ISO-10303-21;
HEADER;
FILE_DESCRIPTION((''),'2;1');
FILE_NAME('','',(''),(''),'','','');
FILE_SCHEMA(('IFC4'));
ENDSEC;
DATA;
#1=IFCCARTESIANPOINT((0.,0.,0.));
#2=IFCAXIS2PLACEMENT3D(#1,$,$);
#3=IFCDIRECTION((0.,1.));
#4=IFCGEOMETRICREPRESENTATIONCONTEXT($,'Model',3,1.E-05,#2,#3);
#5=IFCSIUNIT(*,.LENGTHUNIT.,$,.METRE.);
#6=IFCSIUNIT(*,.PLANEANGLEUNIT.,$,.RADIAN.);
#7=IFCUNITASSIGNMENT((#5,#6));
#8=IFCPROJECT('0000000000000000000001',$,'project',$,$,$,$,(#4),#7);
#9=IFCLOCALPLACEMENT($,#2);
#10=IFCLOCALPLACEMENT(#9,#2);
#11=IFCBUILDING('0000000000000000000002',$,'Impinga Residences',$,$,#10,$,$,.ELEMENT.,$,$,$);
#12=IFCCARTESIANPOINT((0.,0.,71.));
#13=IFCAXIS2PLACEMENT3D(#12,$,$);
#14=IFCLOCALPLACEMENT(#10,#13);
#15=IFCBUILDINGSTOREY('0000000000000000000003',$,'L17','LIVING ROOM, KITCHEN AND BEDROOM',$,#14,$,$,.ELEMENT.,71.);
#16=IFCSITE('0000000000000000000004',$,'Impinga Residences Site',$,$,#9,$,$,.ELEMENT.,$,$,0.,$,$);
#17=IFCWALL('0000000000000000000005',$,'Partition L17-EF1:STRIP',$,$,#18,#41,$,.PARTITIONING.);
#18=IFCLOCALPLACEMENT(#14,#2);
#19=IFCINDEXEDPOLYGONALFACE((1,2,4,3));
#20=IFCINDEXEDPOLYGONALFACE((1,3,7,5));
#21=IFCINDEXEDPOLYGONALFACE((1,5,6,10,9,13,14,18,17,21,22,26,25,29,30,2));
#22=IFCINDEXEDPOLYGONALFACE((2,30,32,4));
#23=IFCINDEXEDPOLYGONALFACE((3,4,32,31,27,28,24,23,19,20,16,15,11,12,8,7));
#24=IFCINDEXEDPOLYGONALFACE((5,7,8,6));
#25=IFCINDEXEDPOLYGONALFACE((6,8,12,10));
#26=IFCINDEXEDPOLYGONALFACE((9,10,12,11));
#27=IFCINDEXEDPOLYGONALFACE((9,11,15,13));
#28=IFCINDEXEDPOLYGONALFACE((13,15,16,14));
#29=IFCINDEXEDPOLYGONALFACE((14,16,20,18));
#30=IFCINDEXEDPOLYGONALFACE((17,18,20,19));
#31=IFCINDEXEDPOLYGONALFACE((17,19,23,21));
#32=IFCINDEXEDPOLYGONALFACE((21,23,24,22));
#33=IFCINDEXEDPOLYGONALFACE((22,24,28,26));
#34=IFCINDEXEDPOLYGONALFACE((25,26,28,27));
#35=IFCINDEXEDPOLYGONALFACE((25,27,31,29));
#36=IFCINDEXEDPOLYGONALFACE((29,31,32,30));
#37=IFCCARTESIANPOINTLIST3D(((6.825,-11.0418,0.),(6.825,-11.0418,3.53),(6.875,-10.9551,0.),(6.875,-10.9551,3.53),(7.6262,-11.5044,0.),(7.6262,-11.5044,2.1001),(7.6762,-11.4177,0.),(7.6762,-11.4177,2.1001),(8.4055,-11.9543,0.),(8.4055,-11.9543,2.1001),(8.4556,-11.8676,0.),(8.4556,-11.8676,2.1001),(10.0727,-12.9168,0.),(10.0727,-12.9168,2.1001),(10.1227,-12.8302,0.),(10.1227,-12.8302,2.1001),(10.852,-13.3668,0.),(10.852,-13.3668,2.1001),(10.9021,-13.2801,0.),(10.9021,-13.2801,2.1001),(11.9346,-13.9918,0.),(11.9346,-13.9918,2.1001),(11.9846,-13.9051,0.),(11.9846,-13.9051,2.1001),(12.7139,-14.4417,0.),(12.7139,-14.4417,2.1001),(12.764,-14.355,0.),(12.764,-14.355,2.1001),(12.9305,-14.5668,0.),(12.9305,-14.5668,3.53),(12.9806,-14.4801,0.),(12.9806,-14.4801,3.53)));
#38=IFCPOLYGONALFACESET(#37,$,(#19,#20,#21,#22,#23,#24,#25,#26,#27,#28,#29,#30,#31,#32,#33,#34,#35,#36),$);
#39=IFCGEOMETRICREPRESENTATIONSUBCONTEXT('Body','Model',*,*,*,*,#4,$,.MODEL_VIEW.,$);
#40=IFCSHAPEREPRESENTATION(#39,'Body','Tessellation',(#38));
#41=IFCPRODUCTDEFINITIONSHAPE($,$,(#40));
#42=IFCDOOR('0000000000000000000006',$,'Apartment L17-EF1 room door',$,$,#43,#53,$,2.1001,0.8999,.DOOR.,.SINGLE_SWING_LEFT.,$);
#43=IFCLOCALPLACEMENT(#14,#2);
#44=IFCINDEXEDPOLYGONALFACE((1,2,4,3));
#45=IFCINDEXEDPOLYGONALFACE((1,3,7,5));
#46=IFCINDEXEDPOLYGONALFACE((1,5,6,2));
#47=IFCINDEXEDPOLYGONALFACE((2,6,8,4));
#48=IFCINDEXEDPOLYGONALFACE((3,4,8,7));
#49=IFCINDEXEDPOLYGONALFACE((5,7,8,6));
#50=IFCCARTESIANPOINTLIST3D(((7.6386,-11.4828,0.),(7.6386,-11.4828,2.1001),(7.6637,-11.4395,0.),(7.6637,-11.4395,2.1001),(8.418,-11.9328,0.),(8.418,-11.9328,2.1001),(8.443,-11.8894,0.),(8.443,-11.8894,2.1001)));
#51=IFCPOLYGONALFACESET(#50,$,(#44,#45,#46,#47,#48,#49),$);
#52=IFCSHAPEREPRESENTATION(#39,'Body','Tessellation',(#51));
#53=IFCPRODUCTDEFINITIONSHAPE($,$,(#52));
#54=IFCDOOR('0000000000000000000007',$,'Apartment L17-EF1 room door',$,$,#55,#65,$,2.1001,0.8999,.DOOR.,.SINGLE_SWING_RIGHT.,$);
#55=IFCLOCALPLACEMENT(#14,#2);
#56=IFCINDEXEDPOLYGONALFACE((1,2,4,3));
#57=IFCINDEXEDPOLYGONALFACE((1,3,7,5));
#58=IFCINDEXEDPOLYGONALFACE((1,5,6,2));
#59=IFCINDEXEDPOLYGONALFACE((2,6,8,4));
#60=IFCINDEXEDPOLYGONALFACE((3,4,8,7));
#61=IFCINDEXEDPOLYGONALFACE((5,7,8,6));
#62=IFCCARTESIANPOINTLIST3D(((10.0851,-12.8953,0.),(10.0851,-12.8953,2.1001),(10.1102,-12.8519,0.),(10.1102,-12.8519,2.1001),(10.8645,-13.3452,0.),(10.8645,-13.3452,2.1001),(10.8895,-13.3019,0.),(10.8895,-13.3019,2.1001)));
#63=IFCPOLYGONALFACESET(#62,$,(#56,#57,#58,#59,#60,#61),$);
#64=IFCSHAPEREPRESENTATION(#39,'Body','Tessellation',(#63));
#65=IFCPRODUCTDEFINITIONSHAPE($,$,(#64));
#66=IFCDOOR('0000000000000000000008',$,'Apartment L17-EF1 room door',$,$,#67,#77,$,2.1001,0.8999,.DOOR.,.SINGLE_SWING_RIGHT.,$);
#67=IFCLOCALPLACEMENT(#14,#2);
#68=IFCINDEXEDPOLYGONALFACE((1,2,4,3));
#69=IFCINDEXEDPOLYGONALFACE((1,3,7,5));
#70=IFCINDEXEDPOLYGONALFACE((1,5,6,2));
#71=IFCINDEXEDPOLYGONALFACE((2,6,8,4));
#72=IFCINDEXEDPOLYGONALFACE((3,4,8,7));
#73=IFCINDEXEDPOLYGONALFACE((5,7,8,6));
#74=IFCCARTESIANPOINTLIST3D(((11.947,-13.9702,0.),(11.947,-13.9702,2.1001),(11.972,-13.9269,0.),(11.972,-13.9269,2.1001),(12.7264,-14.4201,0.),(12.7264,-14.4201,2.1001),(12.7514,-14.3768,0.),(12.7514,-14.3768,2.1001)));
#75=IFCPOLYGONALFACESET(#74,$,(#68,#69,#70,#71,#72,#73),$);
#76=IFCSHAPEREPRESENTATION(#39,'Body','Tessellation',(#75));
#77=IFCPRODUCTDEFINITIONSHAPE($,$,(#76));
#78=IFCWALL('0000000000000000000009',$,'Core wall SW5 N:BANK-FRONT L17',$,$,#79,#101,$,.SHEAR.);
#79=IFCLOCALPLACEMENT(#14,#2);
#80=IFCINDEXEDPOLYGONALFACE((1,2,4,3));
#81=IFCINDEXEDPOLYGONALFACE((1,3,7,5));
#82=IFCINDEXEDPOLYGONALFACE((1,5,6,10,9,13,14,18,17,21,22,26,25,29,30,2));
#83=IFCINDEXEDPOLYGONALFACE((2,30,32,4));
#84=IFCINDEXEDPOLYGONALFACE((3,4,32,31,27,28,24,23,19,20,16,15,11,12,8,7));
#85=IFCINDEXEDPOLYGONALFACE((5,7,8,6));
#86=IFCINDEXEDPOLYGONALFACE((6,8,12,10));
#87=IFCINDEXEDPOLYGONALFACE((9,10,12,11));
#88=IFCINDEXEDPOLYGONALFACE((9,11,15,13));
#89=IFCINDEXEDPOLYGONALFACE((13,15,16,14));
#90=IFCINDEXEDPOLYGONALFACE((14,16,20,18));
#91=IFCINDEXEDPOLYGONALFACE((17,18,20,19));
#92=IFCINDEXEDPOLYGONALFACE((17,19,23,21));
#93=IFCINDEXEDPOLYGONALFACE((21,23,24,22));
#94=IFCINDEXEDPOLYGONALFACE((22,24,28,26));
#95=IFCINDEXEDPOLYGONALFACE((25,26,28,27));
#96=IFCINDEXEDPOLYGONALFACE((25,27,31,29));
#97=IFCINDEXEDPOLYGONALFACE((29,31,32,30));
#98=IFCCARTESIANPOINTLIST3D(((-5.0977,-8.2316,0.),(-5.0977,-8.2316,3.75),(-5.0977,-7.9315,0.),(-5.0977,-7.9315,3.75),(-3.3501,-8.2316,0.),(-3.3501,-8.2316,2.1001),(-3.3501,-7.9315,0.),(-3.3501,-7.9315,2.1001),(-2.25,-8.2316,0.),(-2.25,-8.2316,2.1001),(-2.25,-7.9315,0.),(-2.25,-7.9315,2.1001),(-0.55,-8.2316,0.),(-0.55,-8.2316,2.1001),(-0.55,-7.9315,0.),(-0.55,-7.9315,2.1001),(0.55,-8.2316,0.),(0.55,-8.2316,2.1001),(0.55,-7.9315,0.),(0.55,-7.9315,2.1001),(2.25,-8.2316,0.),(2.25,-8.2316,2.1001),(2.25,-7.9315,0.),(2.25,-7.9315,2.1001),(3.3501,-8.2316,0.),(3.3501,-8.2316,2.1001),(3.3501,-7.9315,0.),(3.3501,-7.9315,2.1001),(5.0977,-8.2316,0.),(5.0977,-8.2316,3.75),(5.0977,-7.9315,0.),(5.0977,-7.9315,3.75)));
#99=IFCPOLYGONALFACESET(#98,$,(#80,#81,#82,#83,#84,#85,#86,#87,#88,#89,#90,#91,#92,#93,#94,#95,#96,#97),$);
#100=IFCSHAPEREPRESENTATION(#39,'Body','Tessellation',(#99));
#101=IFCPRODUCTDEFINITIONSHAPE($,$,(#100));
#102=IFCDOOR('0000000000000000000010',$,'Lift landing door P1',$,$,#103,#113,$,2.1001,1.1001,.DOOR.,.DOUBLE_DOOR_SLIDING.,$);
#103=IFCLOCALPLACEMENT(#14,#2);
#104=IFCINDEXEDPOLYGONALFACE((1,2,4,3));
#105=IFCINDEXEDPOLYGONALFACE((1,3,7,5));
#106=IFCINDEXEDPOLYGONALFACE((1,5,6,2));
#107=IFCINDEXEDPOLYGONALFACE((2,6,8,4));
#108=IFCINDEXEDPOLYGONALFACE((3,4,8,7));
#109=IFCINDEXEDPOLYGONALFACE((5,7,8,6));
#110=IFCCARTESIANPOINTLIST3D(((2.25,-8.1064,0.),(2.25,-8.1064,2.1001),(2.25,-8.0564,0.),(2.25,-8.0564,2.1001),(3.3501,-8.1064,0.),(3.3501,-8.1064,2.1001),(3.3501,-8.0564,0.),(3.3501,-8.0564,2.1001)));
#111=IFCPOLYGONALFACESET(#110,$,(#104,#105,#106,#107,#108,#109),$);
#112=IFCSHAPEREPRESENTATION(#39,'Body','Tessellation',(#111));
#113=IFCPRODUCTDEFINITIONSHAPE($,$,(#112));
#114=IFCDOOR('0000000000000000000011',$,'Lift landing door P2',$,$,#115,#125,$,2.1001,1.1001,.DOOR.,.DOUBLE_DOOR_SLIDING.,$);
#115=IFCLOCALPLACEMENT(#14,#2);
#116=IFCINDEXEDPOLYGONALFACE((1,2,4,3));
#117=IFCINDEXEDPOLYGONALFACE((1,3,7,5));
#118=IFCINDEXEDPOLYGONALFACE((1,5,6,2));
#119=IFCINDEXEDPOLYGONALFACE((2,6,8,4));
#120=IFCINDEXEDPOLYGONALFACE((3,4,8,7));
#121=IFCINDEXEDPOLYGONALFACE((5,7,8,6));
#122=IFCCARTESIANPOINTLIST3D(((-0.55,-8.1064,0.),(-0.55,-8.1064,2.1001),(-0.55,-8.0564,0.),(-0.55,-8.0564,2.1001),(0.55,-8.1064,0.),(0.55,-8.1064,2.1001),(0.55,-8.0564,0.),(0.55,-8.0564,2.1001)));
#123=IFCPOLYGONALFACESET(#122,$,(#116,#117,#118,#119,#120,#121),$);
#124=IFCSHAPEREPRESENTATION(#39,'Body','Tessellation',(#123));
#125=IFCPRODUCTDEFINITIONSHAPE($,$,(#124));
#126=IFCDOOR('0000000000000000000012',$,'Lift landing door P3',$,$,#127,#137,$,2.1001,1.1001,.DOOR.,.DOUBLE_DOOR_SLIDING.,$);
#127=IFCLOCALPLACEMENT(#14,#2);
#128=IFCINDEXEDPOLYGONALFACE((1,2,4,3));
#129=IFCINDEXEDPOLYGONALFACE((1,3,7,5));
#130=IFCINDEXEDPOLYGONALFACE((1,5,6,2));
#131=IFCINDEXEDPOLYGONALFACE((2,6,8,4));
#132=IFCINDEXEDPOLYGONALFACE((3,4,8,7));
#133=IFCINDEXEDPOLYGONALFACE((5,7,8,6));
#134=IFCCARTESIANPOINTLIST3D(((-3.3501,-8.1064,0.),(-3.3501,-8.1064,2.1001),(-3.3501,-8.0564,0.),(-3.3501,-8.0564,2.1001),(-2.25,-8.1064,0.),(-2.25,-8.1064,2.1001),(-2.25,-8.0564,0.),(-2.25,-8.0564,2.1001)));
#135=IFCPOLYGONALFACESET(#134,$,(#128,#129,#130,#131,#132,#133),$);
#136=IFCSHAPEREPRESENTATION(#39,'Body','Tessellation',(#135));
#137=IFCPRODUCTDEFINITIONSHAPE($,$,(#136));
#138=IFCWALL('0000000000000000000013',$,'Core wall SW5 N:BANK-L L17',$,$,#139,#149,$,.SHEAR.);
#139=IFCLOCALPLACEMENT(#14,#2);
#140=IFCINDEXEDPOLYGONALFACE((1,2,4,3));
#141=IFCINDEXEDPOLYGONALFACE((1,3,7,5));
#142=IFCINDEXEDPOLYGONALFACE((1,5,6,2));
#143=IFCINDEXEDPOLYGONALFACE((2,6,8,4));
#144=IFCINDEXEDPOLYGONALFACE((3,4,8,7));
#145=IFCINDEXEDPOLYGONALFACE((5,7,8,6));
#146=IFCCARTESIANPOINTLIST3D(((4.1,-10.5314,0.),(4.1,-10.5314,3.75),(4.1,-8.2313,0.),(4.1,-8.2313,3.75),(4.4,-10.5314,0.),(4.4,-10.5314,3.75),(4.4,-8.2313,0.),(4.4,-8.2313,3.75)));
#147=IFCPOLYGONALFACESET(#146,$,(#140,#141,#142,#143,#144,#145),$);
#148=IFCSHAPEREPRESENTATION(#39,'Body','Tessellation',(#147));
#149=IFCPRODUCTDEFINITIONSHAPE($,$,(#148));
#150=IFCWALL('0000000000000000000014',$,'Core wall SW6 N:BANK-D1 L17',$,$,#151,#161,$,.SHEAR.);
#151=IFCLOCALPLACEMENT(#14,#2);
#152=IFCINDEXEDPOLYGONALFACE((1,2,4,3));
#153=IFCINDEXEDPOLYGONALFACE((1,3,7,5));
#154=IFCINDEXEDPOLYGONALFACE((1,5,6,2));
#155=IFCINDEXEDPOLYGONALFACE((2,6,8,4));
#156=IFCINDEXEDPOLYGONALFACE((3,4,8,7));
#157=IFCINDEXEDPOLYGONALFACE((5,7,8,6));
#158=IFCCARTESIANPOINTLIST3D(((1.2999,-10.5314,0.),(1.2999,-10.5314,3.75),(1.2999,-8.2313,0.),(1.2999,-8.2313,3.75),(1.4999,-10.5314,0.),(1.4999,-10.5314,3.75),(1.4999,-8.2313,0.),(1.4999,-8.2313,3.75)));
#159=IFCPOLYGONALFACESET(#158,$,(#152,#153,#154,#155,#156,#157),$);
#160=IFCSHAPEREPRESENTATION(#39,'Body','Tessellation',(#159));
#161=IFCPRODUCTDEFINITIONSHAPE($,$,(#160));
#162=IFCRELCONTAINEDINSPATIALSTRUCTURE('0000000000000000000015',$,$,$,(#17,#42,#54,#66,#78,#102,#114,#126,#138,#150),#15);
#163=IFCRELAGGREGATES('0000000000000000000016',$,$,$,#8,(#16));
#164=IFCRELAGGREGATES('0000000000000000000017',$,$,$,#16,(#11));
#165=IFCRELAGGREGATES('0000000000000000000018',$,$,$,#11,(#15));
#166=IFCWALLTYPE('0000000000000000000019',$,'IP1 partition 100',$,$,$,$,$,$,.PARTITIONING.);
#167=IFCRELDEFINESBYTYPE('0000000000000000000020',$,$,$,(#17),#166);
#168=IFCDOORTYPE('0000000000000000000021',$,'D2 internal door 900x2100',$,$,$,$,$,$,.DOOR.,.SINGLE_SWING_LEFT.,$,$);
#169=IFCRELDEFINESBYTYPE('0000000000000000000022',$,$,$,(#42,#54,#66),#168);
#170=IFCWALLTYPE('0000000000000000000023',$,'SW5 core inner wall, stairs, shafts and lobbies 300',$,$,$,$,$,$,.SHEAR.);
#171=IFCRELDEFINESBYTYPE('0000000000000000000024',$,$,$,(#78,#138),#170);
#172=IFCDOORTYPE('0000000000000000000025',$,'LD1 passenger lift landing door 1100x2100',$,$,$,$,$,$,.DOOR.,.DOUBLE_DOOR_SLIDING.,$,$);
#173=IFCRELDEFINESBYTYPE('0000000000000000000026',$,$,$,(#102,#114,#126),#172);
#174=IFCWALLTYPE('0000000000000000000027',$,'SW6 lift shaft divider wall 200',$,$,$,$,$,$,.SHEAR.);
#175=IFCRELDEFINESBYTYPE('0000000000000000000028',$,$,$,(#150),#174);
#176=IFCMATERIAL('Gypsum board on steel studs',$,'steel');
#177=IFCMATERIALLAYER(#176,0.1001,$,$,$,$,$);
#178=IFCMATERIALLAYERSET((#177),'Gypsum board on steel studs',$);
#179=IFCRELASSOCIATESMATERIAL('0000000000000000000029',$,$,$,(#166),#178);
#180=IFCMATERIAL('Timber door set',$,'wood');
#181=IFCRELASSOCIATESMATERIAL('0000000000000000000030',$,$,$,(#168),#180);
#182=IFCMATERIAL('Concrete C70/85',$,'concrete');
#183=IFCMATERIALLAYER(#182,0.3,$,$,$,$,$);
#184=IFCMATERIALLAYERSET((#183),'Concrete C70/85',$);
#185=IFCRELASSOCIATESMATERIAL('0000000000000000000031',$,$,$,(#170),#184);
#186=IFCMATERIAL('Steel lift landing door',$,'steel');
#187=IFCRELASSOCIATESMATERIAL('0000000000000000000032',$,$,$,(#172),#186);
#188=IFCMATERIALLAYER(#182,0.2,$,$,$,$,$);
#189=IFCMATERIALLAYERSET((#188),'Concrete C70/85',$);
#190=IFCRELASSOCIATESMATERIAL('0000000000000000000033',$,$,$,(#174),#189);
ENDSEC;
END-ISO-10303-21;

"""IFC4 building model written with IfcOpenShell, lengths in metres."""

from ifc_helpers import new_model, si_unit, direction, frame, frame_2d, origin, place, context, subcontext, project, spatial, rectangle, extrude, material, layer, layer_set, type_object, element, fill, save


model = new_model("IFC4")

# Units and contexts
model_context = context("Model", 3, precision=1e-05, world=origin(), true_north=direction((0.0, 1.0)))
body_context = subcontext(model_context, "Body", "Model", "MODEL_VIEW")
ifc_project = project(units=[si_unit("LENGTHUNIT", "METRE"), si_unit("PLANEANGLEUNIT", "RADIAN")], contexts=[model_context])

# Site, building, storey
site_placement = place(None, origin())
site = spatial("IfcSite", under=ifc_project, at=site_placement, Name="Impinga Residences Site", CompositionType="ELEMENT", RefElevation=0.0)
building_placement = place(site_placement, origin())
building = spatial("IfcBuilding", under=site, at=building_placement, Name="Impinga Residences", CompositionType="ELEMENT")
storey_placement = place(building_placement, frame((0.0, 0.0, 71.0)))
storey = spatial("IfcBuildingStorey", under=building, at=storey_placement, Name="L17", Description="LIVING ROOM, KITCHEN AND BEDROOM", CompositionType="ELEMENT", Elevation=71.0)

# Shared definitions
ifc_material_1 = material(Name="Concrete C70/85", Category="concrete")

# Shared definitions
ifc_material_2 = material(Name="Timber door set", Category="wood")

# Shared definitions
ifc_material_3 = material(Name="Gypsum board on steel studs", Category="steel")
ifc_layer_1 = layer(ifc_material_3, 0.1001)
ifc_layer_set_1 = layer_set([ifc_layer_1], Name="Gypsum board on steel studs")
wall_type_1 = type_object("IfcWallType", Name="IP1 partition 100", PredefinedType="PARTITIONING", material=ifc_layer_set_1)

# Walls, openings, doors
wall_1_placement = place(storey_placement, frame((6.8501, -10.9985, 0.0), z_axis=(0.0, 0.0, 1.0), x_axis=(0.866031, -0.49999, 0.0)))
wall_1 = element("IfcWall", 1, at=wall_1_placement, inside=storey, type_object=wall_type_1, Name="Partition L17-EF1:STRIP", PredefinedType="PARTITIONING", context=body_context, shape_type="SweptSolid", body=[
    extrude(rectangle(XDim=7.05, YDim=0.1001, at=frame_2d((3.5249, 0.0))), origin(), (0.0, 0.0, 1.0), 3.53),
])
opening_1_placement = place(wall_1_placement, frame((0.925, 0.0, 0.0)))
opening_1 = element("IfcOpeningElement", 2, at=opening_1_placement, cuts=wall_1, PredefinedType="OPENING", context=body_context, shape_type="SweptSolid", body=[
    extrude(rectangle(XDim=0.8999, YDim=2.1001, at=frame_2d((0.45, 1.05))), frame((0.0, 0.0601, 0.0), z_axis=(0.0, -1.0, 0.0), x_axis=(1.0, 0.0, 0.0)), (0.0, 0.0, 1.0), 0.1201),
])
opening_2_placement = place(wall_1_placement, frame((3.75, 0.0, 0.0)))
opening_2 = element("IfcOpeningElement", 3, at=opening_2_placement, cuts=wall_1, PredefinedType="OPENING", context=body_context, shape_type="SweptSolid", body=[
    extrude(rectangle(XDim=0.8999, YDim=2.1001, at=frame_2d((0.45, 1.05))), frame((0.0, 0.0601, 0.0), z_axis=(0.0, -1.0, 0.0), x_axis=(1.0, 0.0, 0.0)), (0.0, 0.0, 1.0), 0.1201),
])
opening_3_placement = place(wall_1_placement, frame((5.8999, 0.0, 0.0)))
opening_3 = element("IfcOpeningElement", 4, at=opening_3_placement, cuts=wall_1, PredefinedType="OPENING", context=body_context, shape_type="SweptSolid", body=[
    extrude(rectangle(XDim=0.8999, YDim=2.1001, at=frame_2d((0.45, 1.05))), frame((0.0, 0.0601, 0.0), z_axis=(0.0, -1.0, 0.0), x_axis=(1.0, 0.0, 0.0)), (0.0, 0.0, 1.0), 0.1201),
])
door_type_1 = type_object("IfcDoorType", Name="D2 internal door 900x2100", OperationType="SINGLE_SWING_LEFT", PredefinedType="DOOR", material=ifc_material_2)
door_1_placement = place(opening_1_placement, origin())
door_1 = element("IfcDoor", 5, at=door_1_placement, inside=storey, type_object=door_type_1, Name="Apartment L17-EF1 room door", OperationType="SINGLE_SWING_LEFT", OverallHeight=2.1001, OverallWidth=0.8999, PredefinedType="DOOR", context=body_context, shape_type="SweptSolid", body=[
    extrude(rectangle(XDim=0.8999, YDim=2.1001, at=frame_2d((0.45, 1.05))), frame((0.0, 0.0249, 0.0), z_axis=(0.0, -1.0, 0.0), x_axis=(1.0, 0.0, 0.0)), (0.0, 0.0, 1.0), 0.05),
])
fill(opening_1, door_1)
door_2_placement = place(opening_2_placement, origin())
door_2 = element("IfcDoor", 6, at=door_2_placement, inside=storey, type_object=door_type_1, Name="Apartment L17-EF1 room door", OperationType="SINGLE_SWING_RIGHT", OverallHeight=2.1001, OverallWidth=0.8999, PredefinedType="DOOR", context=body_context, shape_type="SweptSolid", body=[
    extrude(rectangle(XDim=0.8999, YDim=2.1001, at=frame_2d((0.45, 1.05))), frame((0.0, 0.0249, 0.0), z_axis=(0.0, -1.0, 0.0), x_axis=(1.0, 0.0, 0.0)), (0.0, 0.0, 1.0), 0.05),
])
fill(opening_2, door_2)
door_3_placement = place(opening_3_placement, origin())
door_3 = element("IfcDoor", 7, at=door_3_placement, inside=storey, type_object=door_type_1, Name="Apartment L17-EF1 room door", OperationType="SINGLE_SWING_RIGHT", OverallHeight=2.1001, OverallWidth=0.8999, PredefinedType="DOOR", context=body_context, shape_type="SweptSolid", body=[
    extrude(rectangle(XDim=0.8999, YDim=2.1001, at=frame_2d((0.45, 1.05))), frame((0.0, 0.0249, 0.0), z_axis=(0.0, -1.0, 0.0), x_axis=(1.0, 0.0, 0.0)), (0.0, 0.0, 1.0), 0.05),
])
fill(opening_3, door_3)
ifc_layer_2 = layer(ifc_material_1, 0.3)
ifc_layer_set_2 = layer_set([ifc_layer_2], Name="Concrete C70/85")
wall_type_2 = type_object("IfcWallType", Name="SW5 core inner wall, stairs, shafts and lobbies 300", PredefinedType="SHEAR", material=ifc_layer_set_2)
wall_2_placement = place(storey_placement, frame((5.0977, -8.0815, 0.0), z_axis=(0.0, 0.0, 1.0), x_axis=(-1.0, 0.0, 0.0)))
wall_2 = element("IfcWall", 8, at=wall_2_placement, inside=storey, type_object=wall_type_2, Name="Core wall SW5 N:BANK-FRONT L17", PredefinedType="SHEAR", context=body_context, shape_type="SweptSolid", body=[
    extrude(rectangle(XDim=10.1953, YDim=0.3, at=frame_2d((5.0977, 0.0))), origin(), (0.0, 0.0, 1.0), 3.75),
])
opening_4_placement = place(wall_2_placement, frame((1.7476, 0.0, 0.0)))
opening_4 = element("IfcOpeningElement", 9, at=opening_4_placement, cuts=wall_2, PredefinedType="OPENING", context=body_context, shape_type="SweptSolid", body=[
    extrude(rectangle(XDim=1.1001, YDim=2.1001, at=frame_2d((0.55, 1.05))), frame((0.0, 0.1599, 0.0), z_axis=(0.0, -1.0, 0.0), x_axis=(1.0, 0.0, 0.0)), (0.0, 0.0, 1.0), 0.3201),
])
opening_5_placement = place(wall_2_placement, frame((4.5476, 0.0, 0.0)))
opening_5 = element("IfcOpeningElement", 10, at=opening_5_placement, cuts=wall_2, PredefinedType="OPENING", context=body_context, shape_type="SweptSolid", body=[
    extrude(rectangle(XDim=1.1001, YDim=2.1001, at=frame_2d((0.55, 1.05))), frame((0.0, 0.1599, 0.0), z_axis=(0.0, -1.0, 0.0), x_axis=(1.0, 0.0, 0.0)), (0.0, 0.0, 1.0), 0.3201),
])
opening_6_placement = place(wall_2_placement, frame((7.3477, 0.0, 0.0)))
opening_6 = element("IfcOpeningElement", 11, at=opening_6_placement, cuts=wall_2, PredefinedType="OPENING", context=body_context, shape_type="SweptSolid", body=[
    extrude(rectangle(XDim=1.1001, YDim=2.1001, at=frame_2d((0.55, 1.05))), frame((0.0, 0.1599, 0.0), z_axis=(0.0, -1.0, 0.0), x_axis=(1.0, 0.0, 0.0)), (0.0, 0.0, 1.0), 0.3201),
])
ifc_material_4 = material(Name="Steel lift landing door", Category="steel")
door_type_2 = type_object("IfcDoorType", Name="LD1 passenger lift landing door 1100x2100", OperationType="DOUBLE_DOOR_SLIDING", PredefinedType="DOOR", material=ifc_material_4)
door_4_placement = place(opening_4_placement, origin())
door_4 = element("IfcDoor", 12, at=door_4_placement, inside=storey, type_object=door_type_2, Name="Lift landing door P1", OperationType="DOUBLE_DOOR_SLIDING", OverallHeight=2.1001, OverallWidth=1.1001, PredefinedType="DOOR", context=body_context, shape_type="SweptSolid", body=[
    extrude(rectangle(XDim=1.1001, YDim=2.1001, at=frame_2d((0.55, 1.05))), frame((0.0, 0.0249, 0.0), z_axis=(0.0, -1.0, 0.0), x_axis=(1.0, 0.0, 0.0)), (0.0, 0.0, 1.0), 0.05),
])
fill(opening_4, door_4)
door_5_placement = place(opening_5_placement, origin())
door_5 = element("IfcDoor", 13, at=door_5_placement, inside=storey, type_object=door_type_2, Name="Lift landing door P2", OperationType="DOUBLE_DOOR_SLIDING", OverallHeight=2.1001, OverallWidth=1.1001, PredefinedType="DOOR", context=body_context, shape_type="SweptSolid", body=[
    extrude(rectangle(XDim=1.1001, YDim=2.1001, at=frame_2d((0.55, 1.05))), frame((0.0, 0.0249, 0.0), z_axis=(0.0, -1.0, 0.0), x_axis=(1.0, 0.0, 0.0)), (0.0, 0.0, 1.0), 0.05),
])
fill(opening_5, door_5)
door_6_placement = place(opening_6_placement, origin())
door_6 = element("IfcDoor", 14, at=door_6_placement, inside=storey, type_object=door_type_2, Name="Lift landing door P3", OperationType="DOUBLE_DOOR_SLIDING", OverallHeight=2.1001, OverallWidth=1.1001, PredefinedType="DOOR", context=body_context, shape_type="SweptSolid", body=[
    extrude(rectangle(XDim=1.1001, YDim=2.1001, at=frame_2d((0.55, 1.05))), frame((0.0, 0.0249, 0.0), z_axis=(0.0, -1.0, 0.0), x_axis=(1.0, 0.0, 0.0)), (0.0, 0.0, 1.0), 0.05),
])
fill(opening_6, door_6)

# Walls
wall_3_placement = place(storey_placement, frame((4.25, -8.2314, 0.0), z_axis=(0.0, 0.0, 1.0), x_axis=(0.0, -1.0, 0.0)))
element("IfcWall", 15, at=wall_3_placement, inside=storey, type_object=wall_type_2, Name="Core wall SW5 N:BANK-L L17", PredefinedType="SHEAR", context=body_context, shape_type="SweptSolid", body=[
    extrude(rectangle(XDim=2.3, YDim=0.3, at=frame_2d((1.1499, 0.0))), origin(), (0.0, 0.0, 1.0), 3.75),
])
ifc_layer_3 = layer(ifc_material_1, 0.2)
ifc_layer_set_3 = layer_set([ifc_layer_3], Name="Concrete C70/85")
wall_type_3 = type_object("IfcWallType", Name="SW6 lift shaft divider wall 200", PredefinedType="SHEAR", material=ifc_layer_set_3)
wall_4_placement = place(storey_placement, frame((1.3999, -8.2314, 0.0), z_axis=(0.0, 0.0, 1.0), x_axis=(0.0, -1.0, 0.0)))
element("IfcWall", 16, at=wall_4_placement, inside=storey, type_object=wall_type_3, Name="Core wall SW6 N:BANK-D1 L17", PredefinedType="SHEAR", context=body_context, shape_type="SweptSolid", body=[
    extrude(rectangle(XDim=2.3, YDim=0.2, at=frame_2d((1.1499, 0.0))), origin(), (0.0, 0.0, 1.0), 3.75),
])

save(model, "model.ifc")
